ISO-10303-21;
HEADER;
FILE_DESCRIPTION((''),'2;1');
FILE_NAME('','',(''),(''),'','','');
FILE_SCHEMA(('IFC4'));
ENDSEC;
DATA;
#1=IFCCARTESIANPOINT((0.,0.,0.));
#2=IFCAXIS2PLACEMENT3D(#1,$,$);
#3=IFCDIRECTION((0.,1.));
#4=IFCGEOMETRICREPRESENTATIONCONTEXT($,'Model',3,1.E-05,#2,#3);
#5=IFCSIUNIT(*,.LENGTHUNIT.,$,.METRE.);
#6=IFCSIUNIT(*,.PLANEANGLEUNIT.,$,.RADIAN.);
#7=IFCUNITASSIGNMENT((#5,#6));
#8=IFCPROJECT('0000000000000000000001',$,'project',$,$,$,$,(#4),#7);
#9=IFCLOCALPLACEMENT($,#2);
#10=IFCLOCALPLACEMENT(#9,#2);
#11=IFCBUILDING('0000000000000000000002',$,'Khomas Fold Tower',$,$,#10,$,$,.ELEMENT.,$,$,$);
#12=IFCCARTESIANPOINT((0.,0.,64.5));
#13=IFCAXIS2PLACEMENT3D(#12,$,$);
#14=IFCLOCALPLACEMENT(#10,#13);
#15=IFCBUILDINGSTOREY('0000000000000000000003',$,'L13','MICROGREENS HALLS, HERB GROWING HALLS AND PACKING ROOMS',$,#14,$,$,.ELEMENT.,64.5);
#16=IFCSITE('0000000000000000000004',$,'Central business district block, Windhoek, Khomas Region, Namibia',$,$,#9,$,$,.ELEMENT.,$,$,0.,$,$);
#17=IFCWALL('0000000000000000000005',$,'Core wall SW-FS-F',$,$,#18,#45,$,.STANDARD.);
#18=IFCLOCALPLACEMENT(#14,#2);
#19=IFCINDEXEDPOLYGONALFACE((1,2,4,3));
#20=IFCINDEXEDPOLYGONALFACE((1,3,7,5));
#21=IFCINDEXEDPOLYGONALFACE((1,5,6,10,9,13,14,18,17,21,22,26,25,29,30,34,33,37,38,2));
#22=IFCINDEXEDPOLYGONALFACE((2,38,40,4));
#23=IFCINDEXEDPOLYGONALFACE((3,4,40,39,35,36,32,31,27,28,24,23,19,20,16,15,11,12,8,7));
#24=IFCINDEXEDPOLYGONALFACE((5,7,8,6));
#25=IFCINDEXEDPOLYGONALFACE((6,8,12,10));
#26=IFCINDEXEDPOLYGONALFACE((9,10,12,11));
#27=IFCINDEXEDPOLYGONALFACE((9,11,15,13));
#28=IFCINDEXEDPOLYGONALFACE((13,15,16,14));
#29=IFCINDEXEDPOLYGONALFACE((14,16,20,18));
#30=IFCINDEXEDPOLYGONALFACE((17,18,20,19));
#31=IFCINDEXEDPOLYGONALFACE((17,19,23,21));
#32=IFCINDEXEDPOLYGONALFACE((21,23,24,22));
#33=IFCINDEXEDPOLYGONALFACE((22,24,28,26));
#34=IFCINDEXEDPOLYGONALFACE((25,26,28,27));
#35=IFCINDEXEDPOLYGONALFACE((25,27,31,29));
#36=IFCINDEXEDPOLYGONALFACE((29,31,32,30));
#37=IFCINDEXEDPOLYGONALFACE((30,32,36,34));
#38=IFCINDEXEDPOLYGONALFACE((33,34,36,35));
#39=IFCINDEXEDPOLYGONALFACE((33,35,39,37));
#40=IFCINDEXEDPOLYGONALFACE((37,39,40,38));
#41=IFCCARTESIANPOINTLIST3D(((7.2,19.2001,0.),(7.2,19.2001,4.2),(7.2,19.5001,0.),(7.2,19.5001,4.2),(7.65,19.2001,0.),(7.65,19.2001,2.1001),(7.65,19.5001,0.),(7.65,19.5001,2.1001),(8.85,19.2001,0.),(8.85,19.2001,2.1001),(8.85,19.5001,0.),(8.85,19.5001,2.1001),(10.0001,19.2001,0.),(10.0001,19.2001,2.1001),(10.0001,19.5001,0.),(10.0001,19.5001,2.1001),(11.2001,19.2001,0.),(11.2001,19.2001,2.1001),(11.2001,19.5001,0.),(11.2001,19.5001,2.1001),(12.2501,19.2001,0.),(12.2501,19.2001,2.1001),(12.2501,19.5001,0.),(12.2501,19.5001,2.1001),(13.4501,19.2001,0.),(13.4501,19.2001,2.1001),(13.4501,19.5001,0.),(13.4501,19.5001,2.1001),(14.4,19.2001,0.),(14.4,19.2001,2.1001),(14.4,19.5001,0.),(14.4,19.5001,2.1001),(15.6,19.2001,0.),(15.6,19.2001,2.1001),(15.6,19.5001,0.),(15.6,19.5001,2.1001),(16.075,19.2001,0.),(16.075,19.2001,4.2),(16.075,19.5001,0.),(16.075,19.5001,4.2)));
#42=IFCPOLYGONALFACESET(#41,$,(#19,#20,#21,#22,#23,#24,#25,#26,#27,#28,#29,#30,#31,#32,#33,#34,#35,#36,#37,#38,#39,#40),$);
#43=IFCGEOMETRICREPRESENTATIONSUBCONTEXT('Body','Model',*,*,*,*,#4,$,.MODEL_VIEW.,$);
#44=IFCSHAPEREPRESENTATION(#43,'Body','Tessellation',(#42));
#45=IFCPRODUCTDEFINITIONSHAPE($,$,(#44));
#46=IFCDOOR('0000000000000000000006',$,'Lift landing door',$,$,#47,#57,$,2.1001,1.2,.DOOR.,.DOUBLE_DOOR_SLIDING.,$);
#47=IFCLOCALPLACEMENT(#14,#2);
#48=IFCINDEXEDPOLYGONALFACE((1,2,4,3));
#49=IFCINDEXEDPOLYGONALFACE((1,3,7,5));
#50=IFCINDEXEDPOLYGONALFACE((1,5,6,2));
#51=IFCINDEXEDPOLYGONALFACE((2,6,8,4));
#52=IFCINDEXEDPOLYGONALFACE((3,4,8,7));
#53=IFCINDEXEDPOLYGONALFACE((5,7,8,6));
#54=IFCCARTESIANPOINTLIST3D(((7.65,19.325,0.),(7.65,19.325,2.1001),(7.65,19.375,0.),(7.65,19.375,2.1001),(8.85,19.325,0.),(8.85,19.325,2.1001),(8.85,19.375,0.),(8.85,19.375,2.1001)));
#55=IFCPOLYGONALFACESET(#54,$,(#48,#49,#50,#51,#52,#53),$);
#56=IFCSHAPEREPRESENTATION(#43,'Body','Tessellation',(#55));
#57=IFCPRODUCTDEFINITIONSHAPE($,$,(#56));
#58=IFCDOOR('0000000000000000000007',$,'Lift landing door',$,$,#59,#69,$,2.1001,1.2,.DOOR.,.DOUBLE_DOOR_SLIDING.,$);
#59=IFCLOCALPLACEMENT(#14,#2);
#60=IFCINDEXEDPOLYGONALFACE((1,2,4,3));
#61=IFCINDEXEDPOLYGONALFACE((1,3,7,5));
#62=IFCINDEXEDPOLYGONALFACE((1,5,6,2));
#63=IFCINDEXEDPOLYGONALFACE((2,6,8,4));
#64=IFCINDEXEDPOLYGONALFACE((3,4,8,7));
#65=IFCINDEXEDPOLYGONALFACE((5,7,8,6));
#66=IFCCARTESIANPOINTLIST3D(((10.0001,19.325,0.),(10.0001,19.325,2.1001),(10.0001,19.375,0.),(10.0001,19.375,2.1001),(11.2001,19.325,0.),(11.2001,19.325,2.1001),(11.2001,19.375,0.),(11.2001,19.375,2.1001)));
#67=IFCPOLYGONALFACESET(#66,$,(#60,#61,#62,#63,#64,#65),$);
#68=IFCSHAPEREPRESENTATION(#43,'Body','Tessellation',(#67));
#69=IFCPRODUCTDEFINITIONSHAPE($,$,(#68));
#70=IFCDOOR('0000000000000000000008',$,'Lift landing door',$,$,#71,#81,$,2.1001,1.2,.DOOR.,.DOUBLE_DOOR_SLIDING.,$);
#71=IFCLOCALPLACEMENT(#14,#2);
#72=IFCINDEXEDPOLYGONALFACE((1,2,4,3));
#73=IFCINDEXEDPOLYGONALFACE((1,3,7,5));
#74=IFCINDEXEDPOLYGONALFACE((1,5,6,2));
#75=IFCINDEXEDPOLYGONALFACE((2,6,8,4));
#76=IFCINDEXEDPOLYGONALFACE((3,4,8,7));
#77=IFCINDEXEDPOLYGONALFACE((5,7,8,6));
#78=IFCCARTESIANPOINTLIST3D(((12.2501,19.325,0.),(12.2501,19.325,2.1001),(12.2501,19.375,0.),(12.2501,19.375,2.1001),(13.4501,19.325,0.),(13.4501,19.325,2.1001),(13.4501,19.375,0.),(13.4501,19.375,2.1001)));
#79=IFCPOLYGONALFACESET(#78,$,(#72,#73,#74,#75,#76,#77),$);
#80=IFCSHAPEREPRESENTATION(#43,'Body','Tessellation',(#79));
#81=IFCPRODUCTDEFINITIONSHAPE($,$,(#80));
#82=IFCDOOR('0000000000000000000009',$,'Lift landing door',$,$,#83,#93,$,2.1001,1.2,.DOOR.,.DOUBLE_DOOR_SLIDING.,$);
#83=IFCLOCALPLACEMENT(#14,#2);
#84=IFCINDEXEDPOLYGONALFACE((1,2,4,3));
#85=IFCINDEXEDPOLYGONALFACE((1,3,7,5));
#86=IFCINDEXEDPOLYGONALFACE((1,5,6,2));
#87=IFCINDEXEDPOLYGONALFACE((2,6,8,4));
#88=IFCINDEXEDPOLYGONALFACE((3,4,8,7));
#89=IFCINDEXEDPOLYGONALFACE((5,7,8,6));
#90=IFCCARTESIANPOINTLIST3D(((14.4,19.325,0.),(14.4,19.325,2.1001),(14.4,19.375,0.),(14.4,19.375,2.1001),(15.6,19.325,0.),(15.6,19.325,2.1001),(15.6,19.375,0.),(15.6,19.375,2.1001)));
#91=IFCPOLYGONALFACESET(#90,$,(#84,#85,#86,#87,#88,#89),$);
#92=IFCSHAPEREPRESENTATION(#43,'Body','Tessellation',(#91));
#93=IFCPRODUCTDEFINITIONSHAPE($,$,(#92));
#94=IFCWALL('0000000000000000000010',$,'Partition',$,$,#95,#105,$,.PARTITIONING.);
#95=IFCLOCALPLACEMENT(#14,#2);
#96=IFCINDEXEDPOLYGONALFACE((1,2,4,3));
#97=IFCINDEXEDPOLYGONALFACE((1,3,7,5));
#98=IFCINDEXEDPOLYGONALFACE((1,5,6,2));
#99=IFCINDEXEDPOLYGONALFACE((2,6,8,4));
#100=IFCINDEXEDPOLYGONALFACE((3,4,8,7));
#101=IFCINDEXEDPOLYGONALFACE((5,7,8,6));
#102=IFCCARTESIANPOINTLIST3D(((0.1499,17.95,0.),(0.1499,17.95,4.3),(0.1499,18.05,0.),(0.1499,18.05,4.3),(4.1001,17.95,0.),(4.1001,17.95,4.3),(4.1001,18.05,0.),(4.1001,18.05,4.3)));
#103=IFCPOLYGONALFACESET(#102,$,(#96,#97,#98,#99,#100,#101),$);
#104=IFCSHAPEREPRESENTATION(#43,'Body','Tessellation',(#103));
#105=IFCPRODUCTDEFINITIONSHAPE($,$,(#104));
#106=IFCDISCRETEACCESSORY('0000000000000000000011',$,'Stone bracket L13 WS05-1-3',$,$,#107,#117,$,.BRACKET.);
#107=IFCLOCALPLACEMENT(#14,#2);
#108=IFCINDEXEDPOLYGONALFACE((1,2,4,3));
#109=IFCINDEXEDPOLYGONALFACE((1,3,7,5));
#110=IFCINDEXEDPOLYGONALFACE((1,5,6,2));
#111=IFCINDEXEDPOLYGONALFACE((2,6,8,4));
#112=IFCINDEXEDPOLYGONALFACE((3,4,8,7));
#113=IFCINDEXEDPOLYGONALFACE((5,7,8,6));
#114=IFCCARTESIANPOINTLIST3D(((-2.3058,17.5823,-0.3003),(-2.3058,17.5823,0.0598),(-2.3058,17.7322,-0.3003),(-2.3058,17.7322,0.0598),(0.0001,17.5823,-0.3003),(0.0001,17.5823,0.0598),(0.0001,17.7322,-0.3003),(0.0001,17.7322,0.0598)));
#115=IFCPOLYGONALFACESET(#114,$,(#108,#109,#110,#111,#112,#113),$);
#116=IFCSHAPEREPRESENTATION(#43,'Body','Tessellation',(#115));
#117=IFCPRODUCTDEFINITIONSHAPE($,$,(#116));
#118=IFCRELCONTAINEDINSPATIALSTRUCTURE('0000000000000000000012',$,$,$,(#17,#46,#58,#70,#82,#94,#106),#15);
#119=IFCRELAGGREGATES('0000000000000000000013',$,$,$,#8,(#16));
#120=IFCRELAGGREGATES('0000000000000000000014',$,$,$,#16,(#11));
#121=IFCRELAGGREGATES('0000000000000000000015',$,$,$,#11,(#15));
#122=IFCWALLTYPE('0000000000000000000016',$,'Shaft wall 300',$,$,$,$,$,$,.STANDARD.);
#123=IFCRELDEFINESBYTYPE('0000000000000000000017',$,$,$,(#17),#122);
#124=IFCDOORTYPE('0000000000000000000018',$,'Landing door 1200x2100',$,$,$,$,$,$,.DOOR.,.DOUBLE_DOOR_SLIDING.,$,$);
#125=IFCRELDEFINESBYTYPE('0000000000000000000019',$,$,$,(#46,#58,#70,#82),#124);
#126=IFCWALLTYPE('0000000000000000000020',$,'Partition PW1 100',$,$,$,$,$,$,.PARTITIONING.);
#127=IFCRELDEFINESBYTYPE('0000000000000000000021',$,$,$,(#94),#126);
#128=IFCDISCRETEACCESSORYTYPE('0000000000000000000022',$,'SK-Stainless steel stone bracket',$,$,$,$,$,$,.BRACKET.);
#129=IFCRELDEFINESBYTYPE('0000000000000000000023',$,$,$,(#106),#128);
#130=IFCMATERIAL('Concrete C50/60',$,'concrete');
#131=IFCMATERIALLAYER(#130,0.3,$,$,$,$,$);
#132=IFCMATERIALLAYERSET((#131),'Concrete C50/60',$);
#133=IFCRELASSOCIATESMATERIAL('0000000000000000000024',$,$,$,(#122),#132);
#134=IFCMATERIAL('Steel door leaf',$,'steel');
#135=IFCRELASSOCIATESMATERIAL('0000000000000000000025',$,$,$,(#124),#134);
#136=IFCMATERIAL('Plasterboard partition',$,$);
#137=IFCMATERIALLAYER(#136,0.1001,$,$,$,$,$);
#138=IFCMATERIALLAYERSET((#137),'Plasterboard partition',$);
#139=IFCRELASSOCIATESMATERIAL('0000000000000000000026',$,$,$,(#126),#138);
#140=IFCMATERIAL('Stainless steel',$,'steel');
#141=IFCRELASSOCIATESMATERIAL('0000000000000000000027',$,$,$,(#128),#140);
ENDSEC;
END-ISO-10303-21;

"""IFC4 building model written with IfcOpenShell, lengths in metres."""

from ifc_helpers import new_model, si_unit, direction, frame, frame_2d, origin, origin_2d, place, context, subcontext, project, spatial, rectangle, extrude, source, transform, mapped, material, layer, layer_set, type_object, element, fill, save


model = new_model("IFC4")

# Units and contexts
model_context = context("Model", 3, precision=1e-05, world=origin(), true_north=direction((0.0, 1.0)))
body_context = subcontext(model_context, "Body", "Model", "MODEL_VIEW")
ifc_project = project(units=[si_unit("LENGTHUNIT", "METRE"), si_unit("PLANEANGLEUNIT", "RADIAN")], contexts=[model_context])

# Site, building, storey
site_placement = place(None, origin())
site = spatial("IfcSite", under=ifc_project, at=site_placement, Name="Central business district block, Windhoek, Khomas Region, Namibia", CompositionType="ELEMENT", RefElevation=0.0)
building_placement = place(site_placement, origin())
building = spatial("IfcBuilding", under=site, at=building_placement, Name="Khomas Fold Tower", CompositionType="ELEMENT")
storey_placement = place(building_placement, frame((0.0, 0.0, 64.5)))
storey = spatial("IfcBuildingStorey", under=building, at=storey_placement, Name="L13", Description="MICROGREENS HALLS, HERB GROWING HALLS AND PACKING ROOMS", CompositionType="ELEMENT", Elevation=64.5)

# Shared definitions
ifc_material_1 = material(Name="Concrete C50/60", Category="concrete")
ifc_layer_1 = layer(ifc_material_1, 0.3)
ifc_layer_set_1 = layer_set([ifc_layer_1], Name="Concrete C50/60")
wall_type_1 = type_object("IfcWallType", Name="Shaft wall 300", PredefinedType="STANDARD", material=ifc_layer_set_1)

# Wall, openings, doors
shared_shape_1 = source(origin(), body_context, "Body", "SweptSolid", [
    extrude(rectangle(XDim=8.875, YDim=0.3, at=frame_2d((4.4375, 0.0))), origin(), (0.0, 0.0, 1.0), 4.2),
])
wall_1_placement = place(storey_placement, frame((7.2, 19.3501, 0.0), z_axis=(0.0, 0.0, 1.0), x_axis=(1.0, 0.0, 0.0)))
wall_1 = element("IfcWall", 1, at=wall_1_placement, inside=storey, type_object=wall_type_1, Name="Core wall SW-FS-F", PredefinedType="STANDARD", context=body_context, shape_type="MappedRepresentation", body=[
    mapped(shared_shape_1, transform((0.0, 0.0, 0.0))),
])
shared_shape_2 = source(origin(), body_context, "Body", "SweptSolid", [
    extrude(rectangle(XDim=1.2, YDim=2.1001, at=frame_2d((0.6001, 1.05))), frame((0.0, 0.1599, 0.0), z_axis=(0.0, -1.0, 0.0), x_axis=(1.0, 0.0, 0.0)), (0.0, 0.0, 1.0), 0.3201),
])
opening_1_placement = place(wall_1_placement, frame((0.45, 0.0, 0.0)))
opening_1 = element("IfcOpeningElement", 2, at=opening_1_placement, cuts=wall_1, PredefinedType="OPENING", context=body_context, shape_type="MappedRepresentation", body=[
    mapped(shared_shape_2, transform((0.0, 0.0, 0.0))),
])
opening_2_placement = place(wall_1_placement, frame((2.8, 0.0, 0.0)))
opening_2 = element("IfcOpeningElement", 3, at=opening_2_placement, cuts=wall_1, PredefinedType="OPENING", context=body_context, shape_type="MappedRepresentation", body=[
    mapped(shared_shape_2, transform((0.0, 0.0, 0.0))),
])
opening_3_placement = place(wall_1_placement, frame((5.05, 0.0, 0.0)))
opening_3 = element("IfcOpeningElement", 4, at=opening_3_placement, cuts=wall_1, PredefinedType="OPENING", context=body_context, shape_type="MappedRepresentation", body=[
    mapped(shared_shape_2, transform((0.0, 0.0, 0.0))),
])
opening_4_placement = place(wall_1_placement, frame((7.2, 0.0, 0.0)))
opening_4 = element("IfcOpeningElement", 5, at=opening_4_placement, cuts=wall_1, PredefinedType="OPENING", context=body_context, shape_type="MappedRepresentation", body=[
    mapped(shared_shape_2, transform((0.0, 0.0, 0.0))),
])
ifc_material_2 = material(Name="Steel door leaf", Category="steel")
door_type = type_object("IfcDoorType", Name="Landing door 1200x2100", OperationType="DOUBLE_DOOR_SLIDING", PredefinedType="DOOR", material=ifc_material_2)
shared_shape_3 = source(origin(), body_context, "Body", "SweptSolid", [
    extrude(rectangle(XDim=1.2, YDim=2.1001, at=frame_2d((0.6001, 1.05))), frame((0.0, 0.0249, 0.0), z_axis=(0.0, -1.0, 0.0), x_axis=(1.0, 0.0, 0.0)), (0.0, 0.0, 1.0), 0.05),
])
door_1_placement = place(opening_1_placement, origin())
door_1 = element("IfcDoor", 6, at=door_1_placement, inside=storey, type_object=door_type, Name="Lift landing door", OperationType="DOUBLE_DOOR_SLIDING", OverallHeight=2.1001, OverallWidth=1.2, PredefinedType="DOOR", context=body_context, shape_type="MappedRepresentation", body=[
    mapped(shared_shape_3, transform((0.0, 0.0, 0.0))),
])
fill(opening_1, door_1)
door_2_placement = place(opening_2_placement, origin())
door_2 = element("IfcDoor", 7, at=door_2_placement, inside=storey, type_object=door_type, Name="Lift landing door", OperationType="DOUBLE_DOOR_SLIDING", OverallHeight=2.1001, OverallWidth=1.2, PredefinedType="DOOR", context=body_context, shape_type="MappedRepresentation", body=[
    mapped(shared_shape_3, transform((0.0, 0.0, 0.0))),
])
fill(opening_2, door_2)
door_3_placement = place(opening_3_placement, origin())
door_3 = element("IfcDoor", 8, at=door_3_placement, inside=storey, type_object=door_type, Name="Lift landing door", OperationType="DOUBLE_DOOR_SLIDING", OverallHeight=2.1001, OverallWidth=1.2, PredefinedType="DOOR", context=body_context, shape_type="MappedRepresentation", body=[
    mapped(shared_shape_3, transform((0.0, 0.0, 0.0))),
])
fill(opening_3, door_3)
door_4_placement = place(opening_4_placement, origin())
door_4 = element("IfcDoor", 9, at=door_4_placement, inside=storey, type_object=door_type, Name="Lift landing door", OperationType="DOUBLE_DOOR_SLIDING", OverallHeight=2.1001, OverallWidth=1.2, PredefinedType="DOOR", context=body_context, shape_type="MappedRepresentation", body=[
    mapped(shared_shape_3, transform((0.0, 0.0, 0.0))),
])
fill(opening_4, door_4)

# Wall
ifc_material_3 = material(Name="Plasterboard partition")
ifc_layer_2 = layer(ifc_material_3, 0.1001)
ifc_layer_set_2 = layer_set([ifc_layer_2], Name="Plasterboard partition")
wall_type_2 = type_object("IfcWallType", Name="Partition PW1 100", PredefinedType="PARTITIONING", material=ifc_layer_set_2)
shared_shape_4 = source(origin(), body_context, "Body", "SweptSolid", [
    extrude(rectangle(XDim=3.9502, YDim=0.1001, at=frame_2d((1.9751, 0.0))), origin(), (0.0, 0.0, 1.0), 4.3),
])
wall_2_placement = place(storey_placement, frame((0.1499, 18.0, 0.0), z_axis=(0.0, 0.0, 1.0), x_axis=(1.0, 0.0, 0.0)))
element("IfcWall", 10, at=wall_2_placement, inside=storey, type_object=wall_type_2, Name="Partition", PredefinedType="PARTITIONING", context=body_context, shape_type="MappedRepresentation", body=[
    mapped(shared_shape_4, transform((0.0, 0.0, 0.0))),
])

# Discrete accessory
ifc_material_4 = material(Name="Stainless steel", Category="steel")
discrete_accessory_type = type_object("IfcDiscreteAccessoryType", Name="SK-Stainless steel stone bracket", PredefinedType="BRACKET", material=ifc_material_4)
shared_shape_5 = source(origin(), body_context, "Body", "SweptSolid", [
    extrude(rectangle(XDim=2.3059, YDim=0.1499, at=origin_2d()), origin(), (0.0, 0.0, 1.0), 0.3601),
])
discrete_accessory_placement = place(storey_placement, frame((-1.1528, 17.6572, -0.3003), z_axis=(0.0, 0.0, 1.0), x_axis=(-1.0, 0.0, 0.0)))
element("IfcDiscreteAccessory", 11, at=discrete_accessory_placement, inside=storey, type_object=discrete_accessory_type, Name="Stone bracket L13 WS05-1-3", PredefinedType="BRACKET", context=body_context, shape_type="MappedRepresentation", body=[
    mapped(shared_shape_5, transform((0.0, 0.0, 0.0))),
])

save(model, "model.ifc")
